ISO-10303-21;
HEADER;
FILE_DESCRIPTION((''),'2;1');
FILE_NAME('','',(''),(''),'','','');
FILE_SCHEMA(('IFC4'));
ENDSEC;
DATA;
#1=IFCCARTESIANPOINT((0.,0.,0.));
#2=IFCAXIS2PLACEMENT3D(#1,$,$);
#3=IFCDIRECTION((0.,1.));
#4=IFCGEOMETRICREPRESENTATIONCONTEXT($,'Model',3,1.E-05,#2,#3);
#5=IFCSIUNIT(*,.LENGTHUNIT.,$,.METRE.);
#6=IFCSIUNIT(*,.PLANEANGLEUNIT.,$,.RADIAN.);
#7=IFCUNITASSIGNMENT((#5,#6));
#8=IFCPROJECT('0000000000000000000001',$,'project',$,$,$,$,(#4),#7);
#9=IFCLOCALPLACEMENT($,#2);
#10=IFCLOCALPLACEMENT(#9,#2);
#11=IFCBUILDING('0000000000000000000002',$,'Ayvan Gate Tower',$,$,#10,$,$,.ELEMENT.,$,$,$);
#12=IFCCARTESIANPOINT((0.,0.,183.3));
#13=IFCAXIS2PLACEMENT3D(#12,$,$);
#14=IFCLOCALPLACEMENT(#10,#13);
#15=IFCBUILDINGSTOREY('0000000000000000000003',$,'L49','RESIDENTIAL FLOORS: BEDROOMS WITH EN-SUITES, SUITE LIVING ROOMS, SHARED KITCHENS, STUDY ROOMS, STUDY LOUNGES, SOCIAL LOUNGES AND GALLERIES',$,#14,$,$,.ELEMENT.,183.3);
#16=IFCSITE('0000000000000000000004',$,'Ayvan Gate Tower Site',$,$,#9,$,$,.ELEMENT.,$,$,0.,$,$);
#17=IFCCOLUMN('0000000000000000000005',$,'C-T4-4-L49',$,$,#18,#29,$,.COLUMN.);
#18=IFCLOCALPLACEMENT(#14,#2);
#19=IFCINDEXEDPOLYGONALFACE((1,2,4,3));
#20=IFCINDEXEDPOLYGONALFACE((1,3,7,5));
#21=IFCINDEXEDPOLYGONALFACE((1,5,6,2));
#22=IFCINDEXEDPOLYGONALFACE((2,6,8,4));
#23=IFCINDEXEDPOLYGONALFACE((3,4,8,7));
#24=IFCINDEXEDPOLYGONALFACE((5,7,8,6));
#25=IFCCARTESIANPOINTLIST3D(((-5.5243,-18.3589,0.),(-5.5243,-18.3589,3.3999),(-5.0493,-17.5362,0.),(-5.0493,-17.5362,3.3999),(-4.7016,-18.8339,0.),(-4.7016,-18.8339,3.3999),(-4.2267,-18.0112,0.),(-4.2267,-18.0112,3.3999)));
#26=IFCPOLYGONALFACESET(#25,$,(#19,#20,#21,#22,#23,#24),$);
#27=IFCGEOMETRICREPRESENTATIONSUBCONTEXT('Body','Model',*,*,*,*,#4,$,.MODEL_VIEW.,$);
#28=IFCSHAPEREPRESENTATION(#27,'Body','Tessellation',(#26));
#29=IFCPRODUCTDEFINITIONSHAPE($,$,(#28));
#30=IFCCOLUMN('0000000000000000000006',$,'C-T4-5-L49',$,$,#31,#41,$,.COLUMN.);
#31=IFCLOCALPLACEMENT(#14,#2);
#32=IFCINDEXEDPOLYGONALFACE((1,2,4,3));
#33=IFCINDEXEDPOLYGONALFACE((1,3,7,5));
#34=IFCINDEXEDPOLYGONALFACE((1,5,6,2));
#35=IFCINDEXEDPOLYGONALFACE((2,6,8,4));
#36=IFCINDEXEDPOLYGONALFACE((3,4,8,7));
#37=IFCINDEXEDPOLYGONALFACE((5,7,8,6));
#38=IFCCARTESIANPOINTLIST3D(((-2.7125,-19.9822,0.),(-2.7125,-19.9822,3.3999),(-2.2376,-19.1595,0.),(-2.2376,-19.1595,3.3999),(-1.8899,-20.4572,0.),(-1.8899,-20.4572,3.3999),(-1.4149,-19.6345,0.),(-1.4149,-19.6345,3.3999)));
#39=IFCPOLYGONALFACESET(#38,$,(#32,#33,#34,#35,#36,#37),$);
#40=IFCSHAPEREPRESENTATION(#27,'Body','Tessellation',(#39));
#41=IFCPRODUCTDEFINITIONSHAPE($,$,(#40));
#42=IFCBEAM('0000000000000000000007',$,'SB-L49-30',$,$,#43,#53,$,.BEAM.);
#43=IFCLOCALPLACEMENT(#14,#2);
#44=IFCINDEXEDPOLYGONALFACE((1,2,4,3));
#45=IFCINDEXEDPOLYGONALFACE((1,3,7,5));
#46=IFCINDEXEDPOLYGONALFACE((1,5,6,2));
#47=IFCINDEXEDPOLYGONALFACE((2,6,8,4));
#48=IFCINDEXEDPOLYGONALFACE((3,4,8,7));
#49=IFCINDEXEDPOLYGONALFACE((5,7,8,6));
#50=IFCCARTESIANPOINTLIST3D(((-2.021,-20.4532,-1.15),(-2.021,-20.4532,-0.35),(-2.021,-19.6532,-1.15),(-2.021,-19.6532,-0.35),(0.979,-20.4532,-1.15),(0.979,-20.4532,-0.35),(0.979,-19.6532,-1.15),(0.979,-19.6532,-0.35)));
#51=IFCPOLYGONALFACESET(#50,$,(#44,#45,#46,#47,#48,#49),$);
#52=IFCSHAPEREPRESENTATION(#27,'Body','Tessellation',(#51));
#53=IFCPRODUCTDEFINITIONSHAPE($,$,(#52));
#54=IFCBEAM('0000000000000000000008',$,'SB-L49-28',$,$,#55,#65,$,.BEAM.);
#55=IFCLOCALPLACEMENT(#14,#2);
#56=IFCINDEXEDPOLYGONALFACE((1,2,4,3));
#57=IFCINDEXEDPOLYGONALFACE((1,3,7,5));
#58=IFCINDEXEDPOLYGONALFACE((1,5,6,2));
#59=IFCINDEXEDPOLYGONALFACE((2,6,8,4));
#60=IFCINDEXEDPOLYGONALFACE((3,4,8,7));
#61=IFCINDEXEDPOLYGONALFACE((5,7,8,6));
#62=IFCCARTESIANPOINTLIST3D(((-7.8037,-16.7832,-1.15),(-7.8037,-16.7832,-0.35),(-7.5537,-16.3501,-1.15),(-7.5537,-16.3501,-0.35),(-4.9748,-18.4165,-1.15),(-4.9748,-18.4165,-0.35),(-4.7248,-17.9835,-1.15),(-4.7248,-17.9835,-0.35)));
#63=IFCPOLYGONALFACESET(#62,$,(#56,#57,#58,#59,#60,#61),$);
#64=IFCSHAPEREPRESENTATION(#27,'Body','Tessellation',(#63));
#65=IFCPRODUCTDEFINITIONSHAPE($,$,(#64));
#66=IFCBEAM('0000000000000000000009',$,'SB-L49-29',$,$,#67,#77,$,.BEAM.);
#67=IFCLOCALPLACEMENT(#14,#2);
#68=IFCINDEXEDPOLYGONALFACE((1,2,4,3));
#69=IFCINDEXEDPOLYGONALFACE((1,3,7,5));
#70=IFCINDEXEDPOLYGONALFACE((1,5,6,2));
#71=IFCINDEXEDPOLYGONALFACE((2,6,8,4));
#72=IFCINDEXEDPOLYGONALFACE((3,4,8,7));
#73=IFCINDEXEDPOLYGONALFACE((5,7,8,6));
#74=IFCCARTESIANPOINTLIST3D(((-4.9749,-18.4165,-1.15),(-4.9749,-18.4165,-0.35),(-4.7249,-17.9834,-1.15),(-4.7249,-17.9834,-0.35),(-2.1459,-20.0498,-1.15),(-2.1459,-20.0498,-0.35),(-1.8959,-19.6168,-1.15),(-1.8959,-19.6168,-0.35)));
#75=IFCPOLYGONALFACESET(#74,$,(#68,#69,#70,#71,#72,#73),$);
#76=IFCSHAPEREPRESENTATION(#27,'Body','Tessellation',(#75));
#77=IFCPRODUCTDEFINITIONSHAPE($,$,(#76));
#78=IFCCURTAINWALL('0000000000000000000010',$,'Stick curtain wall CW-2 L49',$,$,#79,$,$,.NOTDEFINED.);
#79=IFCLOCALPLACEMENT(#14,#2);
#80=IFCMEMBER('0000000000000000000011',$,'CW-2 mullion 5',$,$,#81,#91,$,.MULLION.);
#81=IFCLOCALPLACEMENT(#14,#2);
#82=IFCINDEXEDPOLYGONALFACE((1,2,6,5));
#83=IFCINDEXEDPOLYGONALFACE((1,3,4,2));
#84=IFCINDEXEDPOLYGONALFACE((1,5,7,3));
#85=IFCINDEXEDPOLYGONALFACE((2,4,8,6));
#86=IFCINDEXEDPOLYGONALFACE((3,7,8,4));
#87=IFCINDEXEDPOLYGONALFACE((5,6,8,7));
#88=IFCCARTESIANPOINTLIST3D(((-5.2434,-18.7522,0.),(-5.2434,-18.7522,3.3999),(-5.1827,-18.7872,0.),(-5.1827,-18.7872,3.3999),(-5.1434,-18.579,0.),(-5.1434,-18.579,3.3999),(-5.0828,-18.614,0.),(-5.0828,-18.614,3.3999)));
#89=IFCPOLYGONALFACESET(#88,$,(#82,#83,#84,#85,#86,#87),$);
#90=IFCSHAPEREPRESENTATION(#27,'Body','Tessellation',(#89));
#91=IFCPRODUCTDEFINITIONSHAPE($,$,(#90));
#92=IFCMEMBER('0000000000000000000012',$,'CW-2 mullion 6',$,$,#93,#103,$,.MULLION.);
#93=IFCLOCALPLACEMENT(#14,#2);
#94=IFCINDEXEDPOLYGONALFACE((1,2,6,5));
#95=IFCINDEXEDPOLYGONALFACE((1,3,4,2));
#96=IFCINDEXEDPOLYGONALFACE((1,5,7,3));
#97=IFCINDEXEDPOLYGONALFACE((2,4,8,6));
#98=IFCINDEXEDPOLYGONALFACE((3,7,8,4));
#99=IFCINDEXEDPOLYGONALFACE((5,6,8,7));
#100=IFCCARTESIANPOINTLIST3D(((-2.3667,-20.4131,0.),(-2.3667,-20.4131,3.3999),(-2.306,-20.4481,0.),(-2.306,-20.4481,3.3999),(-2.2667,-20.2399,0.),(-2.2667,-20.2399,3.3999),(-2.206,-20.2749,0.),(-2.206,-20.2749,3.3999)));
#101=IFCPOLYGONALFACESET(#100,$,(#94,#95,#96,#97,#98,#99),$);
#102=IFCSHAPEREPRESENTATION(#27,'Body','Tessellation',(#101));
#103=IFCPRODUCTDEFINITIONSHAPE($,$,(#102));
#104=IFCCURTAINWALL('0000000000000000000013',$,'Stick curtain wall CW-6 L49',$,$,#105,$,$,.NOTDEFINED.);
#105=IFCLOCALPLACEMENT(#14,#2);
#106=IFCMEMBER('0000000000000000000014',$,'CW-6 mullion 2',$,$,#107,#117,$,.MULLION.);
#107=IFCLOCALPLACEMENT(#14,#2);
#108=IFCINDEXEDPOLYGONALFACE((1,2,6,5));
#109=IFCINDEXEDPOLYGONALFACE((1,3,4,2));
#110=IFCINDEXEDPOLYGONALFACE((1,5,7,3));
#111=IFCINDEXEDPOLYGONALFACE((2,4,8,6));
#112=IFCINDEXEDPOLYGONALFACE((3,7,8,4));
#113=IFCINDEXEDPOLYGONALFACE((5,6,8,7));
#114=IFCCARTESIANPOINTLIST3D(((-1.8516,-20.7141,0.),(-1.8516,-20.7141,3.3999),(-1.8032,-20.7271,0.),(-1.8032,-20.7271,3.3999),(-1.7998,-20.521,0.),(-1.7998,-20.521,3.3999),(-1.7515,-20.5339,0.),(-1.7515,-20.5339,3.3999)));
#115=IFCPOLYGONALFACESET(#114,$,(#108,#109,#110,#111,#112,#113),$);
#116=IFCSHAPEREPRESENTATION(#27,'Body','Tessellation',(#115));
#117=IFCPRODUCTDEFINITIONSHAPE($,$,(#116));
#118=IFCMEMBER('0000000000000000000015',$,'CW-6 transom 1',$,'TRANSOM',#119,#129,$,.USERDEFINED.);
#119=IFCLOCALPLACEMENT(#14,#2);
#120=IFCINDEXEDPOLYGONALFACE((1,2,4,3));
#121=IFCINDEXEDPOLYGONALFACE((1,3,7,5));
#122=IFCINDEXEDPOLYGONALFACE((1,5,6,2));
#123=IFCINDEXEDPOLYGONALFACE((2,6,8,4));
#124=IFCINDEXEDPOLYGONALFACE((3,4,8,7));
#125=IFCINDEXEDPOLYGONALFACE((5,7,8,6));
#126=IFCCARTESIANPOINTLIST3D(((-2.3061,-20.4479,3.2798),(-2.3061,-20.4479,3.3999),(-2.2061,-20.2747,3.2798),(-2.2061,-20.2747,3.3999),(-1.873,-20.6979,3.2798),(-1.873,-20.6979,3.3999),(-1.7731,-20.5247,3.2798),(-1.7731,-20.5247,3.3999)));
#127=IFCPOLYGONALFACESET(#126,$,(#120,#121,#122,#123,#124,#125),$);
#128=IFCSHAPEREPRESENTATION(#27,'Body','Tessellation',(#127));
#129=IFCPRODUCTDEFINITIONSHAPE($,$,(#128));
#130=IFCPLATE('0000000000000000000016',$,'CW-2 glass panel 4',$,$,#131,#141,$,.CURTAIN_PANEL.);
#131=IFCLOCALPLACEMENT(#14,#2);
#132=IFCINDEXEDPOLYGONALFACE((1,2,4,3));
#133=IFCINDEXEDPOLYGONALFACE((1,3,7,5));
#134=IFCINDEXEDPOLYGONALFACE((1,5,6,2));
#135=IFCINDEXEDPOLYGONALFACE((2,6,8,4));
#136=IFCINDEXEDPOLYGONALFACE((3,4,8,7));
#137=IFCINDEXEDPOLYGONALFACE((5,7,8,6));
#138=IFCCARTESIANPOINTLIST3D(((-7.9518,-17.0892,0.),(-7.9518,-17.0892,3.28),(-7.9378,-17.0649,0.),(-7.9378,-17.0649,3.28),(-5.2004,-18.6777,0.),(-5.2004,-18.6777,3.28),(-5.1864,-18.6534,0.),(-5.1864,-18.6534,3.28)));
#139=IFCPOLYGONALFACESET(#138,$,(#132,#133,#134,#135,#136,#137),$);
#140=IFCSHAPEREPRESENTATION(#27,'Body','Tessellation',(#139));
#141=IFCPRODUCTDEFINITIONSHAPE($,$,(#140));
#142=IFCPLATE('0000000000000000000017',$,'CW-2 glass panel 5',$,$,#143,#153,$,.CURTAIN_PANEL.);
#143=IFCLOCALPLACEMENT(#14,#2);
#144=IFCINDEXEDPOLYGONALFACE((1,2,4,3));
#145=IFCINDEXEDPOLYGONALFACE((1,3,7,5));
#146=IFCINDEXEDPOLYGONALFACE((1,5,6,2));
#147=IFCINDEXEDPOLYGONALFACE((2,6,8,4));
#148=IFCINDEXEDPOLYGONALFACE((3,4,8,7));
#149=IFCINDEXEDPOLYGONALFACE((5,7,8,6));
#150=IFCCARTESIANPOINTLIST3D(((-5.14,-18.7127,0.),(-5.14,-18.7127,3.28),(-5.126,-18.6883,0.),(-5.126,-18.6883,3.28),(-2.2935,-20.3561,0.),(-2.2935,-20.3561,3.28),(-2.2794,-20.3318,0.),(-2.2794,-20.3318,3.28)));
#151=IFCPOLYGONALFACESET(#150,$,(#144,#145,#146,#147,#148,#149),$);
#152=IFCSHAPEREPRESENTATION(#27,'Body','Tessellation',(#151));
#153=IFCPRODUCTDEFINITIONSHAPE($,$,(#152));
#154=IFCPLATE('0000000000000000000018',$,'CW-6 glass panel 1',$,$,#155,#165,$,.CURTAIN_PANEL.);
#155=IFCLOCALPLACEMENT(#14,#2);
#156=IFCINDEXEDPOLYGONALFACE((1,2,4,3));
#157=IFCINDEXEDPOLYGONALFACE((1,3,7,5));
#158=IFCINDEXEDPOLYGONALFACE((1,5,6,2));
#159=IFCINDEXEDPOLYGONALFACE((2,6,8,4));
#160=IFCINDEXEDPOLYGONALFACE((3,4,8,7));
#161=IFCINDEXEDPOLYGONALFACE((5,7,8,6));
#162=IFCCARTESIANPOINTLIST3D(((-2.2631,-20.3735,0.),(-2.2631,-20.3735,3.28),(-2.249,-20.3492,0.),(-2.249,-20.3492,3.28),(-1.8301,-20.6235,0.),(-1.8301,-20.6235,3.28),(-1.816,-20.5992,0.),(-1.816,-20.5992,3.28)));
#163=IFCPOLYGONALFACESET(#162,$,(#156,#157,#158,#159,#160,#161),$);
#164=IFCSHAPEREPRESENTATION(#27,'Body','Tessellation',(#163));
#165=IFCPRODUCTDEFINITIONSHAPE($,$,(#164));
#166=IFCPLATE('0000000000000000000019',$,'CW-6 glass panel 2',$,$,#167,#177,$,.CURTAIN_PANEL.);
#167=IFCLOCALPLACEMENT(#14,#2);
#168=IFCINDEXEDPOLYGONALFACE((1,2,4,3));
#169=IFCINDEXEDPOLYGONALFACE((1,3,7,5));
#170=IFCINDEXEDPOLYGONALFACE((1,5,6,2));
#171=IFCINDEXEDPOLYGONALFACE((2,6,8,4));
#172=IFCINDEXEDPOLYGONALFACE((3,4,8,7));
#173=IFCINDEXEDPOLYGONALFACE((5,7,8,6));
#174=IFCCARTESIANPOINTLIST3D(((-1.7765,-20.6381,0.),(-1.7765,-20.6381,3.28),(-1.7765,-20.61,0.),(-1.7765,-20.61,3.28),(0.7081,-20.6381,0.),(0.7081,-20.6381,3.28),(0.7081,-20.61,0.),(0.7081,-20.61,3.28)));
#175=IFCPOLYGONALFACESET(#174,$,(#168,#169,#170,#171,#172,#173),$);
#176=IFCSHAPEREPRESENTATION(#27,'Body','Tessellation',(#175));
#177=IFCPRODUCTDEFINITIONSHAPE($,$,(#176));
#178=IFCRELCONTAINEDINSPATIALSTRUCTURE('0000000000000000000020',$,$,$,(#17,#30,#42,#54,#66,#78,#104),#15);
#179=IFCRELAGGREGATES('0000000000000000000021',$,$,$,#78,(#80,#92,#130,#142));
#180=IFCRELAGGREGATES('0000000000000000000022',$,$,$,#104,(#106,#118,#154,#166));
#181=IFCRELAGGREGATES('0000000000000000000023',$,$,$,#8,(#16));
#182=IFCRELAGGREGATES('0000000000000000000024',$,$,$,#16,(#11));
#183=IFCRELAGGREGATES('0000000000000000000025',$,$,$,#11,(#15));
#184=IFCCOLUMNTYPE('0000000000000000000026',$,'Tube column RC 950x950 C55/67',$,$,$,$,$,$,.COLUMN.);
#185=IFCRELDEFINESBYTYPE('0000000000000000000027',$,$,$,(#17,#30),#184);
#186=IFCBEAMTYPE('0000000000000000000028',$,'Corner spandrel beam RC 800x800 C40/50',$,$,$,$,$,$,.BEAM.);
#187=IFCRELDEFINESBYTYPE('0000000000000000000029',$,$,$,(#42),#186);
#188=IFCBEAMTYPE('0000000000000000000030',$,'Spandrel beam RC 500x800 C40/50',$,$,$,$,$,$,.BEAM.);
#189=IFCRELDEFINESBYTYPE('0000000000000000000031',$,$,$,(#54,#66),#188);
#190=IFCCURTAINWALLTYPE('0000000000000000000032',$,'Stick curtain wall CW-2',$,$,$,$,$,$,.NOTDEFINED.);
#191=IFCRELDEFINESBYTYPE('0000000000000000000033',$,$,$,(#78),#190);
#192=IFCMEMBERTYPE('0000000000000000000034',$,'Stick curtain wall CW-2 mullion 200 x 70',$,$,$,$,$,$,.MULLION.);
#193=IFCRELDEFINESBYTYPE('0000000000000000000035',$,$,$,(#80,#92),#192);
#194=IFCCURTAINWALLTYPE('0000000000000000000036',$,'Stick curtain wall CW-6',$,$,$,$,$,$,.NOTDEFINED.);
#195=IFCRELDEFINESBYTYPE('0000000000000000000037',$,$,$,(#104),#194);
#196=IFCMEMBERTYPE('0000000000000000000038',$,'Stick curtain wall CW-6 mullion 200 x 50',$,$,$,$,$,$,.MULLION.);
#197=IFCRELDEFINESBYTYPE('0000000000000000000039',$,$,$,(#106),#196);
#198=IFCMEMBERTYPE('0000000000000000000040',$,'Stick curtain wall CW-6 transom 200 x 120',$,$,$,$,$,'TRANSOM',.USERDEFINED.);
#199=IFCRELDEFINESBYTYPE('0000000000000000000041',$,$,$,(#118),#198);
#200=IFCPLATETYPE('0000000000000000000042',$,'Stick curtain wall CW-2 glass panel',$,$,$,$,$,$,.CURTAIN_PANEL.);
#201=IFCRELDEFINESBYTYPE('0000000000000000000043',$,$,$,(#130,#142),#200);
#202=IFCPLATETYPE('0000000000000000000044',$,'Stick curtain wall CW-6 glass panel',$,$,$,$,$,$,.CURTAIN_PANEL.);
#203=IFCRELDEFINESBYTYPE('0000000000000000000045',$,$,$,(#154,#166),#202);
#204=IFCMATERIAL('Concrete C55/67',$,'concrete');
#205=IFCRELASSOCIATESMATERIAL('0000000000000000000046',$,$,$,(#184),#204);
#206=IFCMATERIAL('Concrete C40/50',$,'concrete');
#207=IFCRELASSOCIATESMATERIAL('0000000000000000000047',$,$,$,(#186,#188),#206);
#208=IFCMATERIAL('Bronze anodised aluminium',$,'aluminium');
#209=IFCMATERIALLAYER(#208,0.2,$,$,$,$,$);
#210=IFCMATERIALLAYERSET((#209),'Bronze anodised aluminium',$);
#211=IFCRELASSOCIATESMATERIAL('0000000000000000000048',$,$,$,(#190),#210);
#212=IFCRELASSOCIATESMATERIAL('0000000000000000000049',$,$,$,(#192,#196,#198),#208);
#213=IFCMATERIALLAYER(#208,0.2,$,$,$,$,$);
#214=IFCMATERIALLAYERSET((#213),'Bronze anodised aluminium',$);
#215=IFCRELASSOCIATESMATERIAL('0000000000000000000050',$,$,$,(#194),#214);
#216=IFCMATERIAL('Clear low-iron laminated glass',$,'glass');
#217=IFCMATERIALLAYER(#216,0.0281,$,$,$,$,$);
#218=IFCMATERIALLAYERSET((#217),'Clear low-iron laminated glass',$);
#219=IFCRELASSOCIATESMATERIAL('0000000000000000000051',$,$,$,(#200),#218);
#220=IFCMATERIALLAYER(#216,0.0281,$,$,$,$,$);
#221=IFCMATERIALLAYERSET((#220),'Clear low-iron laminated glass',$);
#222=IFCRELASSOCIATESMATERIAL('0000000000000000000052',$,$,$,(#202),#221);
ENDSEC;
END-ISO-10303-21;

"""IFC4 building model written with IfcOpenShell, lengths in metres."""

from ifc_helpers import new_model, si_unit, direction, frame, origin, origin_2d, place, context, subcontext, project, spatial, rectangle, extrude, material, layer, layer_set, material_profile, profile_set, type_object, element, aggregate, save


model = new_model("IFC4")

# Units and contexts
model_context = context("Model", 3, precision=1e-05, world=origin(), true_north=direction((0.0, 1.0)))
body_context = subcontext(model_context, "Body", "Model", "MODEL_VIEW")
ifc_project = project(units=[si_unit("LENGTHUNIT", "METRE"), si_unit("PLANEANGLEUNIT", "RADIAN")], contexts=[model_context])

# Site, building, storey
site_placement = place(None, origin())
site = spatial("IfcSite", under=ifc_project, at=site_placement, Name="Ayvan Gate Tower Site", CompositionType="ELEMENT", RefElevation=0.0)
building_placement = place(site_placement, origin())
building = spatial("IfcBuilding", under=site, at=building_placement, Name="Ayvan Gate Tower", CompositionType="ELEMENT")
storey_placement = place(building_placement, frame((0.0, 0.0, 183.3)))
storey = spatial("IfcBuildingStorey", under=building, at=storey_placement, Name="L49", Description="RESIDENTIAL FLOORS: BEDROOMS WITH EN-SUITES, SUITE LIVING ROOMS, SHARED KITCHENS, STUDY ROOMS, STUDY LOUNGES, SOCIAL LOUNGES AND GALLERIES", CompositionType="ELEMENT", Elevation=183.3)

# Columns
ifc_material_1 = material(Name="Concrete C55/67", Category="concrete")
ifc_material_profile_1 = material_profile(ifc_material_1, rectangle(XDim=0.95, YDim=0.95, at=origin_2d()), Name="RC 950x950")
ifc_profile_set_1 = profile_set([ifc_material_profile_1], Name="Concrete C55/67")
column_type = type_object("IfcColumnType", Name="Tube column RC 950x950 C55/67", PredefinedType="COLUMN", material=ifc_profile_set_1)
for number, where, z_axis, x_axis, name in (
    (1, (-4.8755, -18.1851, 0.0), (0.0, 0.0, 1.0), (-0.5, -0.866025, 0.0), "C-T4-4-L49"),
    (2, (-2.0637, -19.8083, 0.0), (0.0, 0.0, 1.0), (-0.5, -0.866025, 0.0), "C-T4-5-L49"),
):
    element("IfcColumn", number, at=place(storey_placement, frame(where, z_axis=z_axis, x_axis=x_axis)), inside=storey, type_object=column_type, Name=name, PredefinedType="COLUMN", context=body_context, shape_type="SweptSolid", body=[
        extrude(rectangle(XDim=0.95, YDim=0.95, at=origin_2d()), origin(), (0.0, 0.0, 1.0), 3.3999),
    ])

# Beams
ifc_material_2 = material(Name="Concrete C40/50", Category="concrete")
ifc_material_profile_2 = material_profile(ifc_material_2, rectangle(XDim=0.8, YDim=0.8, at=origin_2d()), Name="RC 800x800")
ifc_profile_set_2 = profile_set([ifc_material_profile_2], Name="Concrete C40/50")
beam_type_1 = type_object("IfcBeamType", Name="Corner spandrel beam RC 800x800 C40/50", PredefinedType="BEAM", material=ifc_profile_set_2)
beam_placement = place(storey_placement, frame((-2.021, -20.0532, -0.75), z_axis=(1.0, 0.0, 0.0), x_axis=(0.0, 1.0, 0.0)))
element("IfcBeam", 3, at=beam_placement, inside=storey, type_object=beam_type_1, Name="SB-L49-30", PredefinedType="BEAM", context=body_context, shape_type="SweptSolid", body=[
    extrude(rectangle(XDim=0.8, YDim=0.8, at=origin_2d()), origin(), (0.0, 0.0, 1.0), 3.0),
])
ifc_material_profile_3 = material_profile(ifc_material_2, rectangle(XDim=0.5, YDim=0.8, at=origin_2d()), Name="RC 500x800")
ifc_profile_set_3 = profile_set([ifc_material_profile_3], Name="Concrete C40/50")
beam_type_2 = type_object("IfcBeamType", Name="Spandrel beam RC 500x800 C40/50", PredefinedType="BEAM", material=ifc_profile_set_3)
for number, where, z_axis, x_axis, name in (
    (4, (-7.6787, -16.5667, -0.75), (0.866018, -0.500014, 0.0), (0.500014, 0.866018, 0.0), "SB-L49-28"),
    (5, (-4.8499, -18.2, -0.75), (0.866018, -0.500014, 0.0), (0.500014, 0.866018, 0.0), "SB-L49-29"),
):
    element("IfcBeam", number, at=place(storey_placement, frame(where, z_axis=z_axis, x_axis=x_axis)), inside=storey, type_object=beam_type_2, Name=name, PredefinedType="BEAM", context=body_context, shape_type="SweptSolid", body=[
        extrude(rectangle(XDim=0.5, YDim=0.8, at=origin_2d()), origin(), (0.0, 0.0, 1.0), 3.2666),
    ])

# Curtain walls, members
ifc_material_3 = material(Name="Bronze anodised aluminium", Category="aluminium")
ifc_layer_1 = layer(ifc_material_3, 0.2)
ifc_layer_set_1 = layer_set([ifc_layer_1], Name="Bronze anodised aluminium")
curtain_wall_type_1 = type_object("IfcCurtainWallType", Name="Stick curtain wall CW-2", PredefinedType="NOTDEFINED", material=ifc_layer_set_1)
curtain_wall_1_placement = place(storey_placement, origin())
curtain_wall_1 = element("IfcCurtainWall", 6, at=curtain_wall_1_placement, inside=storey, type_object=curtain_wall_type_1, Name="Stick curtain wall CW-2 L49", PredefinedType="NOTDEFINED")
ifc_material_profile_4 = material_profile(ifc_material_3, rectangle(XDim=0.2, YDim=0.0701, at=origin_2d()), Name="Stick curtain wall CW-2 mullion 200 x 70")
ifc_profile_set_4 = profile_set([ifc_material_profile_4], Name="Bronze anodised aluminium")
member_type_1 = type_object("IfcMemberType", Name="Stick curtain wall CW-2 mullion 200 x 70", PredefinedType="MULLION", material=ifc_profile_set_4)
member_1_placement = place(storey_placement, frame((-5.1631, -18.6831, 0.0), z_axis=(0.0, 0.0, 1.0), x_axis=(-0.5, -0.866025, 0.0)))
member_1 = element("IfcMember", 7, at=member_1_placement, type_object=member_type_1, Name="CW-2 mullion 5", PredefinedType="MULLION", context=body_context, shape_type="SweptSolid", body=[
    extrude(rectangle(XDim=0.2, YDim=0.0701, at=origin_2d()), origin(), (0.0, 0.0, 1.0), 3.3999),
])
member_2_placement = place(storey_placement, frame((-2.2864, -20.344, 0.0), z_axis=(0.0, 0.0, 1.0), x_axis=(-0.5, -0.866025, 0.0)))
member_2 = element("IfcMember", 8, at=member_2_placement, type_object=member_type_1, Name="CW-2 mullion 6", PredefinedType="MULLION", context=body_context, shape_type="SweptSolid", body=[
    extrude(rectangle(XDim=0.2, YDim=0.0701, at=origin_2d()), origin(), (0.0, 0.0, 1.0), 3.3999),
])
ifc_layer_2 = layer(ifc_material_3, 0.2)
ifc_layer_set_2 = layer_set([ifc_layer_2], Name="Bronze anodised aluminium")
curtain_wall_type_2 = type_object("IfcCurtainWallType", Name="Stick curtain wall CW-6", PredefinedType="NOTDEFINED", material=ifc_layer_set_2)
curtain_wall_2_placement = place(storey_placement, origin())
curtain_wall_2 = element("IfcCurtainWall", 9, at=curtain_wall_2_placement, inside=storey, type_object=curtain_wall_type_2, Name="Stick curtain wall CW-6 L49", PredefinedType="NOTDEFINED")
ifc_material_profile_5 = material_profile(ifc_material_3, rectangle(XDim=0.2, YDim=0.05, at=origin_2d()), Name="Stick curtain wall CW-6 mullion 200 x 50")
ifc_profile_set_5 = profile_set([ifc_material_profile_5], Name="Bronze anodised aluminium")
member_type_2 = type_object("IfcMemberType", Name="Stick curtain wall CW-6 mullion 200 x 50", PredefinedType="MULLION", material=ifc_profile_set_5)
member_3_placement = place(storey_placement, frame((-1.8015, -20.624, 0.0), z_axis=(0.0, 0.0, 1.0), x_axis=(-0.258819, -0.965926, 0.0)))
member_3 = element("IfcMember", 10, at=member_3_placement, type_object=member_type_2, Name="CW-6 mullion 2", PredefinedType="MULLION", context=body_context, shape_type="SweptSolid", body=[
    extrude(rectangle(XDim=0.2, YDim=0.05, at=origin_2d()), origin(), (0.0, 0.0, 1.0), 3.3999),
])
ifc_material_profile_6 = material_profile(ifc_material_3, rectangle(XDim=0.2, YDim=0.1201, at=origin_2d()), Name="Stick curtain wall CW-6 transom 200 x 120")
ifc_profile_set_6 = profile_set([ifc_material_profile_6], Name="Bronze anodised aluminium")
member_type_3 = type_object("IfcMemberType", Name="Stick curtain wall CW-6 transom 200 x 120", ElementType="TRANSOM", PredefinedType="USERDEFINED", material=ifc_profile_set_6)
member_4_placement = place(storey_placement, frame((-2.2561, -20.3613, 3.3398), z_axis=(0.866072, -0.49992, 0.0), x_axis=(0.49992, 0.866072, 0.0)))
member_4 = element("IfcMember", 11, at=member_4_placement, type_object=member_type_3, Name="CW-6 transom 1", ObjectType="TRANSOM", PredefinedType="USERDEFINED", context=body_context, shape_type="SweptSolid", body=[
    extrude(rectangle(XDim=0.2, YDim=0.1201, at=origin_2d()), origin(), (0.0, 0.0, 1.0), 0.5),
])

# Plates
ifc_material_4 = material(Name="Clear low-iron laminated glass", Category="glass")
ifc_layer_3 = layer(ifc_material_4, 0.0281)
ifc_layer_set_3 = layer_set([ifc_layer_3], Name="Clear low-iron laminated glass")
plate_type_1 = type_object("IfcPlateType", Name="Stick curtain wall CW-2 glass panel", PredefinedType="CURTAIN_PANEL", material=ifc_layer_set_3)
plate_1_placement = place(storey_placement, frame((-6.5691, -17.8713, 0.0), z_axis=(0.0, 0.0, 1.0), x_axis=(0.866025, -0.5, 0.0)))
plate_1 = element("IfcPlate", 12, at=plate_1_placement, type_object=plate_type_1, Name="CW-2 glass panel 4", PredefinedType="CURTAIN_PANEL", context=body_context, shape_type="SweptSolid", body=[
    extrude(rectangle(XDim=3.177, YDim=0.0281, at=origin_2d()), origin(), (0.0, 0.0, 1.0), 3.28),
])
plate_2_placement = place(storey_placement, frame((-3.7097, -19.5222, 0.0), z_axis=(0.0, 0.0, 1.0), x_axis=(0.866025, -0.5, 0.0)))
plate_2 = element("IfcPlate", 13, at=plate_2_placement, type_object=plate_type_1, Name="CW-2 glass panel 5", PredefinedType="CURTAIN_PANEL", context=body_context, shape_type="SweptSolid", body=[
    extrude(rectangle(XDim=3.2869, YDim=0.0281, at=origin_2d()), origin(), (0.0, 0.0, 1.0), 3.28),
])
aggregate(curtain_wall_1, [member_1, member_2, plate_1, plate_2])
ifc_layer_4 = layer(ifc_material_4, 0.0281)
ifc_layer_set_4 = layer_set([ifc_layer_4], Name="Clear low-iron laminated glass")
plate_type_2 = type_object("IfcPlateType", Name="Stick curtain wall CW-6 glass panel", PredefinedType="CURTAIN_PANEL", material=ifc_layer_set_4)
plate_3_placement = place(storey_placement, frame((-2.0396, -20.4863, 0.0), z_axis=(0.0, 0.0, 1.0), x_axis=(0.866025, -0.5, 0.0)))
plate_3 = element("IfcPlate", 14, at=plate_3_placement, type_object=plate_type_2, Name="CW-6 glass panel 1", PredefinedType="CURTAIN_PANEL", context=body_context, shape_type="SweptSolid", body=[
    extrude(rectangle(XDim=0.5, YDim=0.0281, at=origin_2d()), origin(), (0.0, 0.0, 1.0), 3.28),
])
plate_4_placement = place(storey_placement, frame((-0.5342, -20.624, 0.0), z_axis=(0.0, 0.0, 1.0), x_axis=(1.0, 0.0, 0.0)))
plate_4 = element("IfcPlate", 15, at=plate_4_placement, type_object=plate_type_2, Name="CW-6 glass panel 2", PredefinedType="CURTAIN_PANEL", context=body_context, shape_type="SweptSolid", body=[
    extrude(rectangle(XDim=2.4846, YDim=0.0281, at=origin_2d()), origin(), (0.0, 0.0, 1.0), 3.28),
])
aggregate(curtain_wall_2, [member_3, member_4, plate_3, plate_4])

save(model, "model.ifc")
